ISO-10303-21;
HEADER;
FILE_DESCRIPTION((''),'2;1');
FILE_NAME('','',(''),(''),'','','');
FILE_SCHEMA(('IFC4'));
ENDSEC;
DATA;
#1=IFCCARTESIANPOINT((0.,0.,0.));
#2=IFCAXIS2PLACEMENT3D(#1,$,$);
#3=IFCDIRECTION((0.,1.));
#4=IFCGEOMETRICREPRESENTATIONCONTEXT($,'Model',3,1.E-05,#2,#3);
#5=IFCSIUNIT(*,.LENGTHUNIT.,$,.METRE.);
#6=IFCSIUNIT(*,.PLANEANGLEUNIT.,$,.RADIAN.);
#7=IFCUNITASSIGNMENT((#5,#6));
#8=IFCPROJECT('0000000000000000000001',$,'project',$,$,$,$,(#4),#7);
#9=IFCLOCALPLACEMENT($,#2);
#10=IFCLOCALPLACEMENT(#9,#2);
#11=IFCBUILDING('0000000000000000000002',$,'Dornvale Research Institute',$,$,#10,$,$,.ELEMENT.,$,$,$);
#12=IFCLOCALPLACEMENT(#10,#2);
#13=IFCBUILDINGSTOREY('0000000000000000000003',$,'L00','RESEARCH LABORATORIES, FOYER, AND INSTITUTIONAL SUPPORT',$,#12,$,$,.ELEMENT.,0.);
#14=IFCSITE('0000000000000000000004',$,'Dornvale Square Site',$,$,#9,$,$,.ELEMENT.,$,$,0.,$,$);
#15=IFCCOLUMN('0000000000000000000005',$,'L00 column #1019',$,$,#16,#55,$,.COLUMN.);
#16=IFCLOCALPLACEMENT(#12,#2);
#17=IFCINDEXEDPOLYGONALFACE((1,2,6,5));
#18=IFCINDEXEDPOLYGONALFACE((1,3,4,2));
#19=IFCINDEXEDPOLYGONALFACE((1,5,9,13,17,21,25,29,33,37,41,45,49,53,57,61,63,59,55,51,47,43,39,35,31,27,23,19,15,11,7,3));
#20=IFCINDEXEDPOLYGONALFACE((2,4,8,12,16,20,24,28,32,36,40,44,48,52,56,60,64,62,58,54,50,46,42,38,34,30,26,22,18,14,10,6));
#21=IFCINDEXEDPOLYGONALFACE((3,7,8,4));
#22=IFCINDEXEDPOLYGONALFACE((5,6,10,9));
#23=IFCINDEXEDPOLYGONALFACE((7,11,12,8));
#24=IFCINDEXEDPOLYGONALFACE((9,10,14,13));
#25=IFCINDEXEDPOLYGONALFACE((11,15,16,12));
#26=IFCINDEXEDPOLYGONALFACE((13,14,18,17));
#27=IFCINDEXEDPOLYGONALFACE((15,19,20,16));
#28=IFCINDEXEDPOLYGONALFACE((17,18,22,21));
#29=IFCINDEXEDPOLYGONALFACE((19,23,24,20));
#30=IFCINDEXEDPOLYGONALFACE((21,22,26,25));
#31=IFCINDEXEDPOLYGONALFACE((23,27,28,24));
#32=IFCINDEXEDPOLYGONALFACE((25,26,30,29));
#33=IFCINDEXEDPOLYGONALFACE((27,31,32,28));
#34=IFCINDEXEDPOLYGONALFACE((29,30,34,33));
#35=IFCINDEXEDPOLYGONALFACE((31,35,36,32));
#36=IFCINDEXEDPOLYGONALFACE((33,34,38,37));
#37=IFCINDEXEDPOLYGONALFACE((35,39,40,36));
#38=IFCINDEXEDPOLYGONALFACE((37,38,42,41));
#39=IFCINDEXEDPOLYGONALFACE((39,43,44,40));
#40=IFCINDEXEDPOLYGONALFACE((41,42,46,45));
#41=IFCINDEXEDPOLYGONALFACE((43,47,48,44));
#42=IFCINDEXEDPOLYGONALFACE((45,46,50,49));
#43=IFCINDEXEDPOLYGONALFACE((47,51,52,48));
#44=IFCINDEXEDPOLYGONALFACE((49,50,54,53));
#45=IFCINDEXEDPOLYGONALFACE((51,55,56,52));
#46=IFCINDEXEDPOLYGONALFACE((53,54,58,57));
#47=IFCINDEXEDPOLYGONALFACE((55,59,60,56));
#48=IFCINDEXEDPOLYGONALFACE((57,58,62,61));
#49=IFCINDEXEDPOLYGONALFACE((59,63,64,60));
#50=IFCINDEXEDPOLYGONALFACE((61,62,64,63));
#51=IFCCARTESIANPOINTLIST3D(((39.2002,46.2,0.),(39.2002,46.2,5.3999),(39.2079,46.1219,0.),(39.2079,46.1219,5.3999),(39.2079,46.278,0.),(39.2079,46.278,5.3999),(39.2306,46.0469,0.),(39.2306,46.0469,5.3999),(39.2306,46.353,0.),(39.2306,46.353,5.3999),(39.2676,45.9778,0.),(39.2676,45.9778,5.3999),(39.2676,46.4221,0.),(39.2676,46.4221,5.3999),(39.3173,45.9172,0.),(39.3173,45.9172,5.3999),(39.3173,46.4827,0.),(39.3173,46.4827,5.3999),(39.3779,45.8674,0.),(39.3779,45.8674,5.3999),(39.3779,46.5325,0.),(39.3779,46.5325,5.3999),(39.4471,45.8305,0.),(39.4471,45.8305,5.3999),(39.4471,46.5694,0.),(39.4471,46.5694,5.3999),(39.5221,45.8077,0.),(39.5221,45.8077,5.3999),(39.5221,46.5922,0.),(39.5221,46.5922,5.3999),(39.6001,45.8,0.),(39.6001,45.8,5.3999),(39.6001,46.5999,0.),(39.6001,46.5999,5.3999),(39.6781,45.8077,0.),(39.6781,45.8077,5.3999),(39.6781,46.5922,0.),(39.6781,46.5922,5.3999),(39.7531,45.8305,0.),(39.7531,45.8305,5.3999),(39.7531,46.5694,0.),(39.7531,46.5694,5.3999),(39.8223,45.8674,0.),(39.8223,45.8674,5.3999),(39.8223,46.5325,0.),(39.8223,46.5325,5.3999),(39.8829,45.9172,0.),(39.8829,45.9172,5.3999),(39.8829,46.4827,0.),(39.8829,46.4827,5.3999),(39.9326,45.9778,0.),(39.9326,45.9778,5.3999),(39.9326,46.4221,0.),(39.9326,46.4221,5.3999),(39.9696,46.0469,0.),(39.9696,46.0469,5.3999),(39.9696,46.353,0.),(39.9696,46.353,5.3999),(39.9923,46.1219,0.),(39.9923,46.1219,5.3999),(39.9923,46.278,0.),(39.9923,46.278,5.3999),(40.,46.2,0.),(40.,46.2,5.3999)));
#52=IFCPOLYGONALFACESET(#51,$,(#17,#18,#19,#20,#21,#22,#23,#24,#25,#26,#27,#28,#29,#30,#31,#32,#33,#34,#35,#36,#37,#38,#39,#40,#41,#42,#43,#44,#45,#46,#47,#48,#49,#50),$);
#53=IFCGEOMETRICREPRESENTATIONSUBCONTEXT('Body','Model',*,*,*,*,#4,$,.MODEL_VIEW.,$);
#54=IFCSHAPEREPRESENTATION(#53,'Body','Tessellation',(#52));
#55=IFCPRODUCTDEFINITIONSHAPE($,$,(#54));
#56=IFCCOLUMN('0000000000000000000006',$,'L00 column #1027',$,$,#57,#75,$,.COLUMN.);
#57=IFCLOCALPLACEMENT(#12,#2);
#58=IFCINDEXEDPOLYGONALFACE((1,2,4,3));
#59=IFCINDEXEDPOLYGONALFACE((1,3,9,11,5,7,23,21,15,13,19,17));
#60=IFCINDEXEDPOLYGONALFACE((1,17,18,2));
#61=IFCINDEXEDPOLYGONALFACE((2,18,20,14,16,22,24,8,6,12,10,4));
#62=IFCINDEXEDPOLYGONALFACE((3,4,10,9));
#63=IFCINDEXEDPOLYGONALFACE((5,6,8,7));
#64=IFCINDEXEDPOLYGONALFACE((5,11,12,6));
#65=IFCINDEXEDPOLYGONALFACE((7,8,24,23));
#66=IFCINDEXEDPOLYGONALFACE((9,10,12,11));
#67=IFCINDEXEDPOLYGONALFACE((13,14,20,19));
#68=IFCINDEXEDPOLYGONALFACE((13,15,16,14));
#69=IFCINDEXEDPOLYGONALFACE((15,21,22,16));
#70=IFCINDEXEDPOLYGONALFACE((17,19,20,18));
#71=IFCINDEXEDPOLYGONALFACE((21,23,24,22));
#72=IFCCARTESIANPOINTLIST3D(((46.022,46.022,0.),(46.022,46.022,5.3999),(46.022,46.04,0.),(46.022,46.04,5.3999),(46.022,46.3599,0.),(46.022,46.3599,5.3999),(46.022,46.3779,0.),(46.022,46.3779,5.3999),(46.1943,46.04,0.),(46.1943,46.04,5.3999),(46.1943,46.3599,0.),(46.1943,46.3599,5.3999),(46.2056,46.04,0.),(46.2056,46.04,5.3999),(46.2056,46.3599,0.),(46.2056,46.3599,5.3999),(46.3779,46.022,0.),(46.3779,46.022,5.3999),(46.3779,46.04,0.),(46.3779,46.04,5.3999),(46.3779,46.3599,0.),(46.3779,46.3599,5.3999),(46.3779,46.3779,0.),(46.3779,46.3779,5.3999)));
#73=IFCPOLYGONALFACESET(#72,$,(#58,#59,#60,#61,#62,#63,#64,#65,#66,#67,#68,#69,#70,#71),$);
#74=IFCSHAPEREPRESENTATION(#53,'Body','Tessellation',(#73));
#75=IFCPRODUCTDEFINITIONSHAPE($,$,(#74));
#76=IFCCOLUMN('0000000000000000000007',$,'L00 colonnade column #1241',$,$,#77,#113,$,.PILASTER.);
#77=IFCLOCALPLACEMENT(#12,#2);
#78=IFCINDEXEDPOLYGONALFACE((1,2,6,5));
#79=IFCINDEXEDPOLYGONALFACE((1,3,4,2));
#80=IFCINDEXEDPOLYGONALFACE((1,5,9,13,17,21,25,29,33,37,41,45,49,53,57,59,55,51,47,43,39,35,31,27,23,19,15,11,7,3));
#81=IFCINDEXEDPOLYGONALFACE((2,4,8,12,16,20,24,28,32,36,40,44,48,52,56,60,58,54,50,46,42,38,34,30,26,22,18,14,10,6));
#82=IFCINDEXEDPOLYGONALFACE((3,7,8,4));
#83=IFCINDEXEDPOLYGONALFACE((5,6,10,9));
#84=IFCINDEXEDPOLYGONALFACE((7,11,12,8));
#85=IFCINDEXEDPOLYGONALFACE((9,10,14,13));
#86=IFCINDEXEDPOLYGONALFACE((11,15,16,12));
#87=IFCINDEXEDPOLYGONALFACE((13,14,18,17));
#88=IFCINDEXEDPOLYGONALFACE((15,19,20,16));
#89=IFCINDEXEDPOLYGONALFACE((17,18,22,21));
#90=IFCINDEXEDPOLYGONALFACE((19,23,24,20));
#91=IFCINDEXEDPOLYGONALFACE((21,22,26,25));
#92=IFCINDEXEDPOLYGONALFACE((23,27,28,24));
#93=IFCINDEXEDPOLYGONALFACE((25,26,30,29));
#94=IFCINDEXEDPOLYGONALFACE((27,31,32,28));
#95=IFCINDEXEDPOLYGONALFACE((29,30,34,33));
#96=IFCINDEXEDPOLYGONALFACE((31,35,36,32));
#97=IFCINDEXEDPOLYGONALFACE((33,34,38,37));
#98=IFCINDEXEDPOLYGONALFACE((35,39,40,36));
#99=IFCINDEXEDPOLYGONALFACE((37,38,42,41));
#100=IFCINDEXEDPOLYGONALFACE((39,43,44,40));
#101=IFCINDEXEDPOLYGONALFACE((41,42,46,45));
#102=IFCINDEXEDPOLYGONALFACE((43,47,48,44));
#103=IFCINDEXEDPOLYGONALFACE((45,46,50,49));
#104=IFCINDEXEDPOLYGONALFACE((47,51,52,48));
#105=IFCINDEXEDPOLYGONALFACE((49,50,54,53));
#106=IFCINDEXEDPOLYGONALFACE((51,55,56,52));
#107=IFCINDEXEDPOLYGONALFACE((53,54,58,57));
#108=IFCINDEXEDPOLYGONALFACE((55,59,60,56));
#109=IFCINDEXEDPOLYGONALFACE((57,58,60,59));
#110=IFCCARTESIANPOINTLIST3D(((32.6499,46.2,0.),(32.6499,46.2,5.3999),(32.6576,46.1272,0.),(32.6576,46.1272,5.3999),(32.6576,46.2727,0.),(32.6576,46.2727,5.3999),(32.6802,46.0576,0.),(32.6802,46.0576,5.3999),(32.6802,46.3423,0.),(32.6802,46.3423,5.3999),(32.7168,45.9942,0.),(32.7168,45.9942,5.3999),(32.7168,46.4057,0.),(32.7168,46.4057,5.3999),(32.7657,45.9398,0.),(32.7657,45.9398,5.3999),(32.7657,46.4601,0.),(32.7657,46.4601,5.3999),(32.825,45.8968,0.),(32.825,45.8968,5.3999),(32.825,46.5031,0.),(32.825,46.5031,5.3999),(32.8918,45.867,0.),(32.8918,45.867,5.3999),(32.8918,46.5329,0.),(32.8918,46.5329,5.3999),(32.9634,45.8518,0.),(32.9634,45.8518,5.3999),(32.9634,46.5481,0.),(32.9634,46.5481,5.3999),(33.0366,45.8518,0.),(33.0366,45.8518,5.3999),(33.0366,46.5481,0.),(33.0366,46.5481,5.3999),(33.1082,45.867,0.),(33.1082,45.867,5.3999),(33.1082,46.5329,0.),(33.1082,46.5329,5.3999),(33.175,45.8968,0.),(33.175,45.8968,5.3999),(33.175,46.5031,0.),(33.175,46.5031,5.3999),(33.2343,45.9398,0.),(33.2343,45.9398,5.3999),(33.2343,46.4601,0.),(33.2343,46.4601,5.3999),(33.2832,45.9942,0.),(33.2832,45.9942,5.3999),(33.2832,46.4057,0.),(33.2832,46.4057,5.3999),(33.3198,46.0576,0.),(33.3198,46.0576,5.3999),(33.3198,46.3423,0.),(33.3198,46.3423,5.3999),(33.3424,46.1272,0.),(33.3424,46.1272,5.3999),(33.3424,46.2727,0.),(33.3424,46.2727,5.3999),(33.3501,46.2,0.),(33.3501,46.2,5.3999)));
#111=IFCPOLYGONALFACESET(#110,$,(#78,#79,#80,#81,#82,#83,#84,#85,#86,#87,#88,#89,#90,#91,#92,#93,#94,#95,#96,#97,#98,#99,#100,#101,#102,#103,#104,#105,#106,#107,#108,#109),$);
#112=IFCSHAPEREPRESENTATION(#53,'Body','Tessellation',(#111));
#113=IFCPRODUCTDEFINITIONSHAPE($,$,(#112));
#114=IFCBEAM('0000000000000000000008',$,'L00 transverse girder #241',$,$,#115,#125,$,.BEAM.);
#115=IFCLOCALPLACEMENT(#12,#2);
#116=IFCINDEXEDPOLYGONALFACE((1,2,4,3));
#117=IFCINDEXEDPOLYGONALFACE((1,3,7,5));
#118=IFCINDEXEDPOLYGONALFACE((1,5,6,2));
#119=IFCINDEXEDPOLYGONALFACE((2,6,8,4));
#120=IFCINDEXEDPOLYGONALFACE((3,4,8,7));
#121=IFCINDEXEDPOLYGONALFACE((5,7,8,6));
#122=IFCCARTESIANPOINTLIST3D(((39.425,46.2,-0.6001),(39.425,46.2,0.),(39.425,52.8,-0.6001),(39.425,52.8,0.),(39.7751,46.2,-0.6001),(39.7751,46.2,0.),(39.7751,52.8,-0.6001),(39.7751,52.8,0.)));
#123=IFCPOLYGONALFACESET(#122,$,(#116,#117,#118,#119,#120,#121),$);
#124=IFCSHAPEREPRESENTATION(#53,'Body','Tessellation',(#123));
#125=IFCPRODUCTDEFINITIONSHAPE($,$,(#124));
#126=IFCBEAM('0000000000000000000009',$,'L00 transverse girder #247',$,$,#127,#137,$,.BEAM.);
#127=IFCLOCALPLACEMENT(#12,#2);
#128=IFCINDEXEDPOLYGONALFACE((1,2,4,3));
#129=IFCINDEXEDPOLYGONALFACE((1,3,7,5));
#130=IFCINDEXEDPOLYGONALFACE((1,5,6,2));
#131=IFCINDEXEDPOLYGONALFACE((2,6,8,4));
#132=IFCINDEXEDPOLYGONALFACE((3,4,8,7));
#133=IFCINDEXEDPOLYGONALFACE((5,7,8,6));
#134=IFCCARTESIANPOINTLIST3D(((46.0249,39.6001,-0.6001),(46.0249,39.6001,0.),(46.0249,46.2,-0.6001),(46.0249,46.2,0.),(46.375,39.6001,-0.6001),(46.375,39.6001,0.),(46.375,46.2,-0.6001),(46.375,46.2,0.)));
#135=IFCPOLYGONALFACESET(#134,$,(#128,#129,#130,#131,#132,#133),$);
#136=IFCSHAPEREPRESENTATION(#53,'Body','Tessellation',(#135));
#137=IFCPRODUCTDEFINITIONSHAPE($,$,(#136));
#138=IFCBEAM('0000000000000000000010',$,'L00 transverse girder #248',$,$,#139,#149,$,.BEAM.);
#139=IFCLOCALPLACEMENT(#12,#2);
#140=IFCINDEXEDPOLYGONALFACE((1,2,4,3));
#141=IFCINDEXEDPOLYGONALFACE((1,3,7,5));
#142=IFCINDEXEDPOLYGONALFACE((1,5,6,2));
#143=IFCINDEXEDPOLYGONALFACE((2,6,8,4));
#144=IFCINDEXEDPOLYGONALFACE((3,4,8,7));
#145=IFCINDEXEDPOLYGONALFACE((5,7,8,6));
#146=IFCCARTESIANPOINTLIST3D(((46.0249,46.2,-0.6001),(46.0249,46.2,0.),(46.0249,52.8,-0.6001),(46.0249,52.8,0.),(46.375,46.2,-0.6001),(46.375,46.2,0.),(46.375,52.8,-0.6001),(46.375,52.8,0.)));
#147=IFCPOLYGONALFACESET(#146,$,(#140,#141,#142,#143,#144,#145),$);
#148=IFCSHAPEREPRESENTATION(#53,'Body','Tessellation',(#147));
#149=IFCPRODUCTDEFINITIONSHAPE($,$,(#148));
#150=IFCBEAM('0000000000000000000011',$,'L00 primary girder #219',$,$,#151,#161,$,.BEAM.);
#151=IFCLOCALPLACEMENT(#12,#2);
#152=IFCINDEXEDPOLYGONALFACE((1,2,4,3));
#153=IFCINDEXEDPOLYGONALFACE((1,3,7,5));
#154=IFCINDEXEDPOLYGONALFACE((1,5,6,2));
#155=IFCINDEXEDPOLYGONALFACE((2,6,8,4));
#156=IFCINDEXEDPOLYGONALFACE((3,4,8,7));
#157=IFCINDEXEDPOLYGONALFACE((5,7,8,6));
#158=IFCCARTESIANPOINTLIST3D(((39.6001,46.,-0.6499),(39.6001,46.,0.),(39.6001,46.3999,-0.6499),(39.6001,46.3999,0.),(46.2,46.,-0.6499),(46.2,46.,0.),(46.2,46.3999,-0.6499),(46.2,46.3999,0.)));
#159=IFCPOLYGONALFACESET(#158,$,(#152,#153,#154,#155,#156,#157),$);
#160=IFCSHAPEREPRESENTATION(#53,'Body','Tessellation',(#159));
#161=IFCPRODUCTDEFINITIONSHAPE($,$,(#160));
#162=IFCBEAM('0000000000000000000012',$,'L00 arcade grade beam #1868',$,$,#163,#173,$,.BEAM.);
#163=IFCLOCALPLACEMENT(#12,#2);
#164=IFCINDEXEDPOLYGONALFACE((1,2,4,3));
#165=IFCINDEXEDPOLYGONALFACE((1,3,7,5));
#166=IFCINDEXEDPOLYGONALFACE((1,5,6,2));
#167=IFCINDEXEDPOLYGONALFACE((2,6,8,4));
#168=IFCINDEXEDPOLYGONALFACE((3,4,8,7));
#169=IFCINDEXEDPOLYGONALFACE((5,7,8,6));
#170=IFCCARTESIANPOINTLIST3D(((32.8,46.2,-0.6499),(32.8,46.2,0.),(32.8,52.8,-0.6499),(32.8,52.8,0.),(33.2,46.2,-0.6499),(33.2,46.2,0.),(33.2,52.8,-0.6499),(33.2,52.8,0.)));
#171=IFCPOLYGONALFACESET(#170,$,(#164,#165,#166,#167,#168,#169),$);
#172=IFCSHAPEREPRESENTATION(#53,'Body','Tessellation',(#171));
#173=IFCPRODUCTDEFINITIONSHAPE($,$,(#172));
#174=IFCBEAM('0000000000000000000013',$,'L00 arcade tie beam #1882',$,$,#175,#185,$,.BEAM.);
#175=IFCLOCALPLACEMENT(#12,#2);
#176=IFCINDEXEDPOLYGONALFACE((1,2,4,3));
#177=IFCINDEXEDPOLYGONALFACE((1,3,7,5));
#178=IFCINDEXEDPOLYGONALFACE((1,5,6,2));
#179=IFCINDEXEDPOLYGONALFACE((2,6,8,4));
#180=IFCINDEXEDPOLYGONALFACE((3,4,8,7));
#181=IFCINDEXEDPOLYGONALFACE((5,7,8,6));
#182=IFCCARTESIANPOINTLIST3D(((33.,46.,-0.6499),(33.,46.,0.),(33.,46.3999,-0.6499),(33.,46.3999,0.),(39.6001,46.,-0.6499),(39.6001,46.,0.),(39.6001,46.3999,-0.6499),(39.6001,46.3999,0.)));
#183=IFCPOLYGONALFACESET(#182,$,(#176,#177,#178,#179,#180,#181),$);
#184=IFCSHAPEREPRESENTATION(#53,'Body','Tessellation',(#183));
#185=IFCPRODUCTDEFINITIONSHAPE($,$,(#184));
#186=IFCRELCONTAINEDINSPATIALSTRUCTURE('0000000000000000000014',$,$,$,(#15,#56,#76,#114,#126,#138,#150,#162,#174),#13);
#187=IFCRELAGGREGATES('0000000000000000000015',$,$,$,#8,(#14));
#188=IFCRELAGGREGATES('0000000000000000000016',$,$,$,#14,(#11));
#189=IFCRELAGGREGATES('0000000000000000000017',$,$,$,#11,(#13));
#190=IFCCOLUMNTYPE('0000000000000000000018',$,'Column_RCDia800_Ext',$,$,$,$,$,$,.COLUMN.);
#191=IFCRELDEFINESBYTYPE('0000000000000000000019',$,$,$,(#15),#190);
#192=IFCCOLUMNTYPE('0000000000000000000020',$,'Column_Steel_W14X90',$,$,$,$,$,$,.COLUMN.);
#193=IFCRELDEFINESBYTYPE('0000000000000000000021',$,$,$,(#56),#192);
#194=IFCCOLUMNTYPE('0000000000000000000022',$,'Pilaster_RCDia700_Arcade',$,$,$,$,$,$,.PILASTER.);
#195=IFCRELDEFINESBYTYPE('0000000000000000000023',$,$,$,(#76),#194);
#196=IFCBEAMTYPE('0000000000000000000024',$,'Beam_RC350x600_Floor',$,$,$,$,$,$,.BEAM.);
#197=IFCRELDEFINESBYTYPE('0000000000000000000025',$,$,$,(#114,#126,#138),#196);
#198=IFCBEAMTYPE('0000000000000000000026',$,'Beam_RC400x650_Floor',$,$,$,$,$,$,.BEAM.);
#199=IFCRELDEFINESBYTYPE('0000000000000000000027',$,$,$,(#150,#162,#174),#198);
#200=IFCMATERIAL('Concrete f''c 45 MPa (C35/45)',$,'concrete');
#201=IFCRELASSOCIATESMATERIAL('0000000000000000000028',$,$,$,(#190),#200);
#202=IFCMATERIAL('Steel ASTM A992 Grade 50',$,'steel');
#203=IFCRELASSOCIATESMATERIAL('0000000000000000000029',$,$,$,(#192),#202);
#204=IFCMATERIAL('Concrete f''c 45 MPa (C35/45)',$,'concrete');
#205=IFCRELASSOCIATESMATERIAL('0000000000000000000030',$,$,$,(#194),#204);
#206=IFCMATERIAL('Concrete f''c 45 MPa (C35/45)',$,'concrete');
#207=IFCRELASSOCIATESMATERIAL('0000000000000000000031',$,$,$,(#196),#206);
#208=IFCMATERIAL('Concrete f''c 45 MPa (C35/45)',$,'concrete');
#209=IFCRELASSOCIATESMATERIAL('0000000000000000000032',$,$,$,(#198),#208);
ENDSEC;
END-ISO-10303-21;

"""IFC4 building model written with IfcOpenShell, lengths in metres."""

from ifc_helpers import new_model, si_unit, direction, frame, origin, origin_2d, place, context, subcontext, project, spatial, rectangle, circle, i_section, extrude, material, material_profile, profile_set, type_object, element, save


model = new_model("IFC4")

# Units and contexts
model_context = context("Model", 3, precision=1e-05, world=origin(), true_north=direction((0.0, 1.0)))
body_context = subcontext(model_context, "Body", "Model", "MODEL_VIEW")
ifc_project = project(units=[si_unit("LENGTHUNIT", "METRE"), si_unit("PLANEANGLEUNIT", "RADIAN")], contexts=[model_context])

# Site, building, storey
site_placement = place(None, origin())
site = spatial("IfcSite", under=ifc_project, at=site_placement, Name="Dornvale Square Site", CompositionType="ELEMENT", RefElevation=0.0)
building_placement = place(site_placement, origin())
building = spatial("IfcBuilding", under=site, at=building_placement, Name="Dornvale Research Institute", CompositionType="ELEMENT")
storey_placement = place(building_placement, origin())
storey = spatial("IfcBuildingStorey", under=building, at=storey_placement, Name="L00", Description="RESEARCH LABORATORIES, FOYER, AND INSTITUTIONAL SUPPORT", CompositionType="ELEMENT", Elevation=0.0)

# Columns
ifc_material_1 = material(Name="Concrete f'c 45 MPa (C35/45)", Category="concrete")
ifc_material_profile_1 = material_profile(ifc_material_1, circle(Radius=0.3999, at=origin_2d()), Name="RC DIA 800")
ifc_profile_set_1 = profile_set([ifc_material_profile_1], Name="Concrete f'c 45 MPa (C35/45)")
column_type_1 = type_object("IfcColumnType", Name="Column_RCDia800_Ext", PredefinedType="COLUMN", material=ifc_profile_set_1)
column_1_placement = place(storey_placement, frame((39.6001, 46.2, 0.0), z_axis=(0.0, 0.0, 1.0), x_axis=(1.0, 0.0, 0.0)))
element("IfcColumn", 1, at=column_1_placement, inside=storey, type_object=column_type_1, Name="L00 column #1019", PredefinedType="COLUMN", context=body_context, shape_type="SweptSolid", body=[
    extrude(circle(Radius=0.3999, at=origin_2d()), origin(), (0.0, 0.0, 1.0), 5.3999),
])
ifc_material_2 = material(Name="Steel ASTM A992 Grade 50", Category="steel")
ifc_material_profile_2 = material_profile(ifc_material_2, i_section(OverallWidth=0.356, OverallDepth=0.356, WebThickness=0.0112, FlangeThickness=0.0181, at=origin_2d()), Name="W14X90")
ifc_profile_set_2 = profile_set([ifc_material_profile_2], Name="Steel ASTM A992 Grade 50")
column_type_2 = type_object("IfcColumnType", Name="Column_Steel_W14X90", PredefinedType="COLUMN", material=ifc_profile_set_2)
column_2_placement = place(storey_placement, frame((46.2, 46.2, 0.0), z_axis=(0.0, 0.0, 1.0), x_axis=(1.0, 0.0, 0.0)))
element("IfcColumn", 2, at=column_2_placement, inside=storey, type_object=column_type_2, Name="L00 column #1027", PredefinedType="COLUMN", context=body_context, shape_type="SweptSolid", body=[
    extrude(i_section(OverallWidth=0.356, OverallDepth=0.356, WebThickness=0.0112, FlangeThickness=0.0181, at=origin_2d()), origin(), (0.0, 0.0, 1.0), 5.3999),
])
ifc_material_3 = material(Name="Concrete f'c 45 MPa (C35/45)", Category="concrete")
ifc_material_profile_3 = material_profile(ifc_material_3, circle(Radius=0.3501, at=origin_2d()), Name="RC DIA 700")
ifc_profile_set_3 = profile_set([ifc_material_profile_3], Name="Concrete f'c 45 MPa (C35/45)")
column_type_3 = type_object("IfcColumnType", Name="Pilaster_RCDia700_Arcade", PredefinedType="PILASTER", material=ifc_profile_set_3)
column_3_placement = place(storey_placement, frame((33.0, 46.2, 0.0), z_axis=(0.0, 0.0, 1.0), x_axis=(1.0, 0.0, 0.0)))
element("IfcColumn", 3, at=column_3_placement, inside=storey, type_object=column_type_3, Name="L00 colonnade column #1241", PredefinedType="PILASTER", context=body_context, shape_type="SweptSolid", body=[
    extrude(circle(Radius=0.3501, at=origin_2d()), origin(), (0.0, 0.0, 1.0), 5.3999),
])

# Beams
ifc_material_4 = material(Name="Concrete f'c 45 MPa (C35/45)", Category="concrete")
ifc_material_profile_4 = material_profile(ifc_material_4, rectangle(XDim=0.3501, YDim=0.6001, at=origin_2d()), Name="RC 350x600")
ifc_profile_set_4 = profile_set([ifc_material_profile_4], Name="Concrete f'c 45 MPa (C35/45)")
beam_type_1 = type_object("IfcBeamType", Name="Beam_RC350x600_Floor", PredefinedType="BEAM", material=ifc_profile_set_4)
beam_1_placement = place(storey_placement, frame((39.6001, 46.2, -0.3), z_axis=(0.0, 1.0, 0.0), x_axis=(-1.0, 0.0, 0.0)))
element("IfcBeam", 4, at=beam_1_placement, inside=storey, type_object=beam_type_1, Name="L00 transverse girder #241", PredefinedType="BEAM", context=body_context, shape_type="SweptSolid", body=[
    extrude(rectangle(XDim=0.3501, YDim=0.6001, at=origin_2d()), origin(), (0.0, 0.0, 1.0), 6.6001),
])
beam_2_placement = place(storey_placement, frame((46.2, 39.6001, -0.3), z_axis=(0.0, 1.0, 0.0), x_axis=(-1.0, 0.0, 0.0)))
element("IfcBeam", 5, at=beam_2_placement, inside=storey, type_object=beam_type_1, Name="L00 transverse girder #247", PredefinedType="BEAM", context=body_context, shape_type="SweptSolid", body=[
    extrude(rectangle(XDim=0.3501, YDim=0.6001, at=origin_2d()), origin(), (0.0, 0.0, 1.0), 6.5999),
])
beam_3_placement = place(storey_placement, frame((46.2, 46.2, -0.3), z_axis=(0.0, 1.0, 0.0), x_axis=(-1.0, 0.0, 0.0)))
element("IfcBeam", 6, at=beam_3_placement, inside=storey, type_object=beam_type_1, Name="L00 transverse girder #248", PredefinedType="BEAM", context=body_context, shape_type="SweptSolid", body=[
    extrude(rectangle(XDim=0.3501, YDim=0.6001, at=origin_2d()), origin(), (0.0, 0.0, 1.0), 6.6001),
])
ifc_material_5 = material(Name="Concrete f'c 45 MPa (C35/45)", Category="concrete")
ifc_material_profile_5 = material_profile(ifc_material_5, rectangle(XDim=0.3999, YDim=0.6499, at=origin_2d()), Name="RC 400x650")
ifc_profile_set_5 = profile_set([ifc_material_profile_5], Name="Concrete f'c 45 MPa (C35/45)")
beam_type_2 = type_object("IfcBeamType", Name="Beam_RC400x650_Floor", PredefinedType="BEAM", material=ifc_profile_set_5)
beam_4_placement = place(storey_placement, frame((39.6001, 46.2, -0.325), z_axis=(1.0, 0.0, 0.0), x_axis=(0.0, 1.0, 0.0)))
element("IfcBeam", 7, at=beam_4_placement, inside=storey, type_object=beam_type_2, Name="L00 primary girder #219", PredefinedType="BEAM", context=body_context, shape_type="SweptSolid", body=[
    extrude(rectangle(XDim=0.3999, YDim=0.6499, at=origin_2d()), origin(), (0.0, 0.0, 1.0), 6.5999),
])
for number, where, z_axis, x_axis, name in (
    (8, (33.0, 46.2, -0.325), (0.0, 1.0, 0.0), (-1.0, 0.0, 0.0), "L00 arcade grade beam #1868"),
    (9, (33.0, 46.2, -0.325), (1.0, 0.0, 0.0), (0.0, 1.0, 0.0), "L00 arcade tie beam #1882"),
):
    element("IfcBeam", number, at=place(storey_placement, frame(where, z_axis=z_axis, x_axis=x_axis)), inside=storey, type_object=beam_type_2, Name=name, PredefinedType="BEAM", context=body_context, shape_type="SweptSolid", body=[
        extrude(rectangle(XDim=0.3999, YDim=0.6499, at=origin_2d()), origin(), (0.0, 0.0, 1.0), 6.6001),
    ])

save(model, "model.ifc")
